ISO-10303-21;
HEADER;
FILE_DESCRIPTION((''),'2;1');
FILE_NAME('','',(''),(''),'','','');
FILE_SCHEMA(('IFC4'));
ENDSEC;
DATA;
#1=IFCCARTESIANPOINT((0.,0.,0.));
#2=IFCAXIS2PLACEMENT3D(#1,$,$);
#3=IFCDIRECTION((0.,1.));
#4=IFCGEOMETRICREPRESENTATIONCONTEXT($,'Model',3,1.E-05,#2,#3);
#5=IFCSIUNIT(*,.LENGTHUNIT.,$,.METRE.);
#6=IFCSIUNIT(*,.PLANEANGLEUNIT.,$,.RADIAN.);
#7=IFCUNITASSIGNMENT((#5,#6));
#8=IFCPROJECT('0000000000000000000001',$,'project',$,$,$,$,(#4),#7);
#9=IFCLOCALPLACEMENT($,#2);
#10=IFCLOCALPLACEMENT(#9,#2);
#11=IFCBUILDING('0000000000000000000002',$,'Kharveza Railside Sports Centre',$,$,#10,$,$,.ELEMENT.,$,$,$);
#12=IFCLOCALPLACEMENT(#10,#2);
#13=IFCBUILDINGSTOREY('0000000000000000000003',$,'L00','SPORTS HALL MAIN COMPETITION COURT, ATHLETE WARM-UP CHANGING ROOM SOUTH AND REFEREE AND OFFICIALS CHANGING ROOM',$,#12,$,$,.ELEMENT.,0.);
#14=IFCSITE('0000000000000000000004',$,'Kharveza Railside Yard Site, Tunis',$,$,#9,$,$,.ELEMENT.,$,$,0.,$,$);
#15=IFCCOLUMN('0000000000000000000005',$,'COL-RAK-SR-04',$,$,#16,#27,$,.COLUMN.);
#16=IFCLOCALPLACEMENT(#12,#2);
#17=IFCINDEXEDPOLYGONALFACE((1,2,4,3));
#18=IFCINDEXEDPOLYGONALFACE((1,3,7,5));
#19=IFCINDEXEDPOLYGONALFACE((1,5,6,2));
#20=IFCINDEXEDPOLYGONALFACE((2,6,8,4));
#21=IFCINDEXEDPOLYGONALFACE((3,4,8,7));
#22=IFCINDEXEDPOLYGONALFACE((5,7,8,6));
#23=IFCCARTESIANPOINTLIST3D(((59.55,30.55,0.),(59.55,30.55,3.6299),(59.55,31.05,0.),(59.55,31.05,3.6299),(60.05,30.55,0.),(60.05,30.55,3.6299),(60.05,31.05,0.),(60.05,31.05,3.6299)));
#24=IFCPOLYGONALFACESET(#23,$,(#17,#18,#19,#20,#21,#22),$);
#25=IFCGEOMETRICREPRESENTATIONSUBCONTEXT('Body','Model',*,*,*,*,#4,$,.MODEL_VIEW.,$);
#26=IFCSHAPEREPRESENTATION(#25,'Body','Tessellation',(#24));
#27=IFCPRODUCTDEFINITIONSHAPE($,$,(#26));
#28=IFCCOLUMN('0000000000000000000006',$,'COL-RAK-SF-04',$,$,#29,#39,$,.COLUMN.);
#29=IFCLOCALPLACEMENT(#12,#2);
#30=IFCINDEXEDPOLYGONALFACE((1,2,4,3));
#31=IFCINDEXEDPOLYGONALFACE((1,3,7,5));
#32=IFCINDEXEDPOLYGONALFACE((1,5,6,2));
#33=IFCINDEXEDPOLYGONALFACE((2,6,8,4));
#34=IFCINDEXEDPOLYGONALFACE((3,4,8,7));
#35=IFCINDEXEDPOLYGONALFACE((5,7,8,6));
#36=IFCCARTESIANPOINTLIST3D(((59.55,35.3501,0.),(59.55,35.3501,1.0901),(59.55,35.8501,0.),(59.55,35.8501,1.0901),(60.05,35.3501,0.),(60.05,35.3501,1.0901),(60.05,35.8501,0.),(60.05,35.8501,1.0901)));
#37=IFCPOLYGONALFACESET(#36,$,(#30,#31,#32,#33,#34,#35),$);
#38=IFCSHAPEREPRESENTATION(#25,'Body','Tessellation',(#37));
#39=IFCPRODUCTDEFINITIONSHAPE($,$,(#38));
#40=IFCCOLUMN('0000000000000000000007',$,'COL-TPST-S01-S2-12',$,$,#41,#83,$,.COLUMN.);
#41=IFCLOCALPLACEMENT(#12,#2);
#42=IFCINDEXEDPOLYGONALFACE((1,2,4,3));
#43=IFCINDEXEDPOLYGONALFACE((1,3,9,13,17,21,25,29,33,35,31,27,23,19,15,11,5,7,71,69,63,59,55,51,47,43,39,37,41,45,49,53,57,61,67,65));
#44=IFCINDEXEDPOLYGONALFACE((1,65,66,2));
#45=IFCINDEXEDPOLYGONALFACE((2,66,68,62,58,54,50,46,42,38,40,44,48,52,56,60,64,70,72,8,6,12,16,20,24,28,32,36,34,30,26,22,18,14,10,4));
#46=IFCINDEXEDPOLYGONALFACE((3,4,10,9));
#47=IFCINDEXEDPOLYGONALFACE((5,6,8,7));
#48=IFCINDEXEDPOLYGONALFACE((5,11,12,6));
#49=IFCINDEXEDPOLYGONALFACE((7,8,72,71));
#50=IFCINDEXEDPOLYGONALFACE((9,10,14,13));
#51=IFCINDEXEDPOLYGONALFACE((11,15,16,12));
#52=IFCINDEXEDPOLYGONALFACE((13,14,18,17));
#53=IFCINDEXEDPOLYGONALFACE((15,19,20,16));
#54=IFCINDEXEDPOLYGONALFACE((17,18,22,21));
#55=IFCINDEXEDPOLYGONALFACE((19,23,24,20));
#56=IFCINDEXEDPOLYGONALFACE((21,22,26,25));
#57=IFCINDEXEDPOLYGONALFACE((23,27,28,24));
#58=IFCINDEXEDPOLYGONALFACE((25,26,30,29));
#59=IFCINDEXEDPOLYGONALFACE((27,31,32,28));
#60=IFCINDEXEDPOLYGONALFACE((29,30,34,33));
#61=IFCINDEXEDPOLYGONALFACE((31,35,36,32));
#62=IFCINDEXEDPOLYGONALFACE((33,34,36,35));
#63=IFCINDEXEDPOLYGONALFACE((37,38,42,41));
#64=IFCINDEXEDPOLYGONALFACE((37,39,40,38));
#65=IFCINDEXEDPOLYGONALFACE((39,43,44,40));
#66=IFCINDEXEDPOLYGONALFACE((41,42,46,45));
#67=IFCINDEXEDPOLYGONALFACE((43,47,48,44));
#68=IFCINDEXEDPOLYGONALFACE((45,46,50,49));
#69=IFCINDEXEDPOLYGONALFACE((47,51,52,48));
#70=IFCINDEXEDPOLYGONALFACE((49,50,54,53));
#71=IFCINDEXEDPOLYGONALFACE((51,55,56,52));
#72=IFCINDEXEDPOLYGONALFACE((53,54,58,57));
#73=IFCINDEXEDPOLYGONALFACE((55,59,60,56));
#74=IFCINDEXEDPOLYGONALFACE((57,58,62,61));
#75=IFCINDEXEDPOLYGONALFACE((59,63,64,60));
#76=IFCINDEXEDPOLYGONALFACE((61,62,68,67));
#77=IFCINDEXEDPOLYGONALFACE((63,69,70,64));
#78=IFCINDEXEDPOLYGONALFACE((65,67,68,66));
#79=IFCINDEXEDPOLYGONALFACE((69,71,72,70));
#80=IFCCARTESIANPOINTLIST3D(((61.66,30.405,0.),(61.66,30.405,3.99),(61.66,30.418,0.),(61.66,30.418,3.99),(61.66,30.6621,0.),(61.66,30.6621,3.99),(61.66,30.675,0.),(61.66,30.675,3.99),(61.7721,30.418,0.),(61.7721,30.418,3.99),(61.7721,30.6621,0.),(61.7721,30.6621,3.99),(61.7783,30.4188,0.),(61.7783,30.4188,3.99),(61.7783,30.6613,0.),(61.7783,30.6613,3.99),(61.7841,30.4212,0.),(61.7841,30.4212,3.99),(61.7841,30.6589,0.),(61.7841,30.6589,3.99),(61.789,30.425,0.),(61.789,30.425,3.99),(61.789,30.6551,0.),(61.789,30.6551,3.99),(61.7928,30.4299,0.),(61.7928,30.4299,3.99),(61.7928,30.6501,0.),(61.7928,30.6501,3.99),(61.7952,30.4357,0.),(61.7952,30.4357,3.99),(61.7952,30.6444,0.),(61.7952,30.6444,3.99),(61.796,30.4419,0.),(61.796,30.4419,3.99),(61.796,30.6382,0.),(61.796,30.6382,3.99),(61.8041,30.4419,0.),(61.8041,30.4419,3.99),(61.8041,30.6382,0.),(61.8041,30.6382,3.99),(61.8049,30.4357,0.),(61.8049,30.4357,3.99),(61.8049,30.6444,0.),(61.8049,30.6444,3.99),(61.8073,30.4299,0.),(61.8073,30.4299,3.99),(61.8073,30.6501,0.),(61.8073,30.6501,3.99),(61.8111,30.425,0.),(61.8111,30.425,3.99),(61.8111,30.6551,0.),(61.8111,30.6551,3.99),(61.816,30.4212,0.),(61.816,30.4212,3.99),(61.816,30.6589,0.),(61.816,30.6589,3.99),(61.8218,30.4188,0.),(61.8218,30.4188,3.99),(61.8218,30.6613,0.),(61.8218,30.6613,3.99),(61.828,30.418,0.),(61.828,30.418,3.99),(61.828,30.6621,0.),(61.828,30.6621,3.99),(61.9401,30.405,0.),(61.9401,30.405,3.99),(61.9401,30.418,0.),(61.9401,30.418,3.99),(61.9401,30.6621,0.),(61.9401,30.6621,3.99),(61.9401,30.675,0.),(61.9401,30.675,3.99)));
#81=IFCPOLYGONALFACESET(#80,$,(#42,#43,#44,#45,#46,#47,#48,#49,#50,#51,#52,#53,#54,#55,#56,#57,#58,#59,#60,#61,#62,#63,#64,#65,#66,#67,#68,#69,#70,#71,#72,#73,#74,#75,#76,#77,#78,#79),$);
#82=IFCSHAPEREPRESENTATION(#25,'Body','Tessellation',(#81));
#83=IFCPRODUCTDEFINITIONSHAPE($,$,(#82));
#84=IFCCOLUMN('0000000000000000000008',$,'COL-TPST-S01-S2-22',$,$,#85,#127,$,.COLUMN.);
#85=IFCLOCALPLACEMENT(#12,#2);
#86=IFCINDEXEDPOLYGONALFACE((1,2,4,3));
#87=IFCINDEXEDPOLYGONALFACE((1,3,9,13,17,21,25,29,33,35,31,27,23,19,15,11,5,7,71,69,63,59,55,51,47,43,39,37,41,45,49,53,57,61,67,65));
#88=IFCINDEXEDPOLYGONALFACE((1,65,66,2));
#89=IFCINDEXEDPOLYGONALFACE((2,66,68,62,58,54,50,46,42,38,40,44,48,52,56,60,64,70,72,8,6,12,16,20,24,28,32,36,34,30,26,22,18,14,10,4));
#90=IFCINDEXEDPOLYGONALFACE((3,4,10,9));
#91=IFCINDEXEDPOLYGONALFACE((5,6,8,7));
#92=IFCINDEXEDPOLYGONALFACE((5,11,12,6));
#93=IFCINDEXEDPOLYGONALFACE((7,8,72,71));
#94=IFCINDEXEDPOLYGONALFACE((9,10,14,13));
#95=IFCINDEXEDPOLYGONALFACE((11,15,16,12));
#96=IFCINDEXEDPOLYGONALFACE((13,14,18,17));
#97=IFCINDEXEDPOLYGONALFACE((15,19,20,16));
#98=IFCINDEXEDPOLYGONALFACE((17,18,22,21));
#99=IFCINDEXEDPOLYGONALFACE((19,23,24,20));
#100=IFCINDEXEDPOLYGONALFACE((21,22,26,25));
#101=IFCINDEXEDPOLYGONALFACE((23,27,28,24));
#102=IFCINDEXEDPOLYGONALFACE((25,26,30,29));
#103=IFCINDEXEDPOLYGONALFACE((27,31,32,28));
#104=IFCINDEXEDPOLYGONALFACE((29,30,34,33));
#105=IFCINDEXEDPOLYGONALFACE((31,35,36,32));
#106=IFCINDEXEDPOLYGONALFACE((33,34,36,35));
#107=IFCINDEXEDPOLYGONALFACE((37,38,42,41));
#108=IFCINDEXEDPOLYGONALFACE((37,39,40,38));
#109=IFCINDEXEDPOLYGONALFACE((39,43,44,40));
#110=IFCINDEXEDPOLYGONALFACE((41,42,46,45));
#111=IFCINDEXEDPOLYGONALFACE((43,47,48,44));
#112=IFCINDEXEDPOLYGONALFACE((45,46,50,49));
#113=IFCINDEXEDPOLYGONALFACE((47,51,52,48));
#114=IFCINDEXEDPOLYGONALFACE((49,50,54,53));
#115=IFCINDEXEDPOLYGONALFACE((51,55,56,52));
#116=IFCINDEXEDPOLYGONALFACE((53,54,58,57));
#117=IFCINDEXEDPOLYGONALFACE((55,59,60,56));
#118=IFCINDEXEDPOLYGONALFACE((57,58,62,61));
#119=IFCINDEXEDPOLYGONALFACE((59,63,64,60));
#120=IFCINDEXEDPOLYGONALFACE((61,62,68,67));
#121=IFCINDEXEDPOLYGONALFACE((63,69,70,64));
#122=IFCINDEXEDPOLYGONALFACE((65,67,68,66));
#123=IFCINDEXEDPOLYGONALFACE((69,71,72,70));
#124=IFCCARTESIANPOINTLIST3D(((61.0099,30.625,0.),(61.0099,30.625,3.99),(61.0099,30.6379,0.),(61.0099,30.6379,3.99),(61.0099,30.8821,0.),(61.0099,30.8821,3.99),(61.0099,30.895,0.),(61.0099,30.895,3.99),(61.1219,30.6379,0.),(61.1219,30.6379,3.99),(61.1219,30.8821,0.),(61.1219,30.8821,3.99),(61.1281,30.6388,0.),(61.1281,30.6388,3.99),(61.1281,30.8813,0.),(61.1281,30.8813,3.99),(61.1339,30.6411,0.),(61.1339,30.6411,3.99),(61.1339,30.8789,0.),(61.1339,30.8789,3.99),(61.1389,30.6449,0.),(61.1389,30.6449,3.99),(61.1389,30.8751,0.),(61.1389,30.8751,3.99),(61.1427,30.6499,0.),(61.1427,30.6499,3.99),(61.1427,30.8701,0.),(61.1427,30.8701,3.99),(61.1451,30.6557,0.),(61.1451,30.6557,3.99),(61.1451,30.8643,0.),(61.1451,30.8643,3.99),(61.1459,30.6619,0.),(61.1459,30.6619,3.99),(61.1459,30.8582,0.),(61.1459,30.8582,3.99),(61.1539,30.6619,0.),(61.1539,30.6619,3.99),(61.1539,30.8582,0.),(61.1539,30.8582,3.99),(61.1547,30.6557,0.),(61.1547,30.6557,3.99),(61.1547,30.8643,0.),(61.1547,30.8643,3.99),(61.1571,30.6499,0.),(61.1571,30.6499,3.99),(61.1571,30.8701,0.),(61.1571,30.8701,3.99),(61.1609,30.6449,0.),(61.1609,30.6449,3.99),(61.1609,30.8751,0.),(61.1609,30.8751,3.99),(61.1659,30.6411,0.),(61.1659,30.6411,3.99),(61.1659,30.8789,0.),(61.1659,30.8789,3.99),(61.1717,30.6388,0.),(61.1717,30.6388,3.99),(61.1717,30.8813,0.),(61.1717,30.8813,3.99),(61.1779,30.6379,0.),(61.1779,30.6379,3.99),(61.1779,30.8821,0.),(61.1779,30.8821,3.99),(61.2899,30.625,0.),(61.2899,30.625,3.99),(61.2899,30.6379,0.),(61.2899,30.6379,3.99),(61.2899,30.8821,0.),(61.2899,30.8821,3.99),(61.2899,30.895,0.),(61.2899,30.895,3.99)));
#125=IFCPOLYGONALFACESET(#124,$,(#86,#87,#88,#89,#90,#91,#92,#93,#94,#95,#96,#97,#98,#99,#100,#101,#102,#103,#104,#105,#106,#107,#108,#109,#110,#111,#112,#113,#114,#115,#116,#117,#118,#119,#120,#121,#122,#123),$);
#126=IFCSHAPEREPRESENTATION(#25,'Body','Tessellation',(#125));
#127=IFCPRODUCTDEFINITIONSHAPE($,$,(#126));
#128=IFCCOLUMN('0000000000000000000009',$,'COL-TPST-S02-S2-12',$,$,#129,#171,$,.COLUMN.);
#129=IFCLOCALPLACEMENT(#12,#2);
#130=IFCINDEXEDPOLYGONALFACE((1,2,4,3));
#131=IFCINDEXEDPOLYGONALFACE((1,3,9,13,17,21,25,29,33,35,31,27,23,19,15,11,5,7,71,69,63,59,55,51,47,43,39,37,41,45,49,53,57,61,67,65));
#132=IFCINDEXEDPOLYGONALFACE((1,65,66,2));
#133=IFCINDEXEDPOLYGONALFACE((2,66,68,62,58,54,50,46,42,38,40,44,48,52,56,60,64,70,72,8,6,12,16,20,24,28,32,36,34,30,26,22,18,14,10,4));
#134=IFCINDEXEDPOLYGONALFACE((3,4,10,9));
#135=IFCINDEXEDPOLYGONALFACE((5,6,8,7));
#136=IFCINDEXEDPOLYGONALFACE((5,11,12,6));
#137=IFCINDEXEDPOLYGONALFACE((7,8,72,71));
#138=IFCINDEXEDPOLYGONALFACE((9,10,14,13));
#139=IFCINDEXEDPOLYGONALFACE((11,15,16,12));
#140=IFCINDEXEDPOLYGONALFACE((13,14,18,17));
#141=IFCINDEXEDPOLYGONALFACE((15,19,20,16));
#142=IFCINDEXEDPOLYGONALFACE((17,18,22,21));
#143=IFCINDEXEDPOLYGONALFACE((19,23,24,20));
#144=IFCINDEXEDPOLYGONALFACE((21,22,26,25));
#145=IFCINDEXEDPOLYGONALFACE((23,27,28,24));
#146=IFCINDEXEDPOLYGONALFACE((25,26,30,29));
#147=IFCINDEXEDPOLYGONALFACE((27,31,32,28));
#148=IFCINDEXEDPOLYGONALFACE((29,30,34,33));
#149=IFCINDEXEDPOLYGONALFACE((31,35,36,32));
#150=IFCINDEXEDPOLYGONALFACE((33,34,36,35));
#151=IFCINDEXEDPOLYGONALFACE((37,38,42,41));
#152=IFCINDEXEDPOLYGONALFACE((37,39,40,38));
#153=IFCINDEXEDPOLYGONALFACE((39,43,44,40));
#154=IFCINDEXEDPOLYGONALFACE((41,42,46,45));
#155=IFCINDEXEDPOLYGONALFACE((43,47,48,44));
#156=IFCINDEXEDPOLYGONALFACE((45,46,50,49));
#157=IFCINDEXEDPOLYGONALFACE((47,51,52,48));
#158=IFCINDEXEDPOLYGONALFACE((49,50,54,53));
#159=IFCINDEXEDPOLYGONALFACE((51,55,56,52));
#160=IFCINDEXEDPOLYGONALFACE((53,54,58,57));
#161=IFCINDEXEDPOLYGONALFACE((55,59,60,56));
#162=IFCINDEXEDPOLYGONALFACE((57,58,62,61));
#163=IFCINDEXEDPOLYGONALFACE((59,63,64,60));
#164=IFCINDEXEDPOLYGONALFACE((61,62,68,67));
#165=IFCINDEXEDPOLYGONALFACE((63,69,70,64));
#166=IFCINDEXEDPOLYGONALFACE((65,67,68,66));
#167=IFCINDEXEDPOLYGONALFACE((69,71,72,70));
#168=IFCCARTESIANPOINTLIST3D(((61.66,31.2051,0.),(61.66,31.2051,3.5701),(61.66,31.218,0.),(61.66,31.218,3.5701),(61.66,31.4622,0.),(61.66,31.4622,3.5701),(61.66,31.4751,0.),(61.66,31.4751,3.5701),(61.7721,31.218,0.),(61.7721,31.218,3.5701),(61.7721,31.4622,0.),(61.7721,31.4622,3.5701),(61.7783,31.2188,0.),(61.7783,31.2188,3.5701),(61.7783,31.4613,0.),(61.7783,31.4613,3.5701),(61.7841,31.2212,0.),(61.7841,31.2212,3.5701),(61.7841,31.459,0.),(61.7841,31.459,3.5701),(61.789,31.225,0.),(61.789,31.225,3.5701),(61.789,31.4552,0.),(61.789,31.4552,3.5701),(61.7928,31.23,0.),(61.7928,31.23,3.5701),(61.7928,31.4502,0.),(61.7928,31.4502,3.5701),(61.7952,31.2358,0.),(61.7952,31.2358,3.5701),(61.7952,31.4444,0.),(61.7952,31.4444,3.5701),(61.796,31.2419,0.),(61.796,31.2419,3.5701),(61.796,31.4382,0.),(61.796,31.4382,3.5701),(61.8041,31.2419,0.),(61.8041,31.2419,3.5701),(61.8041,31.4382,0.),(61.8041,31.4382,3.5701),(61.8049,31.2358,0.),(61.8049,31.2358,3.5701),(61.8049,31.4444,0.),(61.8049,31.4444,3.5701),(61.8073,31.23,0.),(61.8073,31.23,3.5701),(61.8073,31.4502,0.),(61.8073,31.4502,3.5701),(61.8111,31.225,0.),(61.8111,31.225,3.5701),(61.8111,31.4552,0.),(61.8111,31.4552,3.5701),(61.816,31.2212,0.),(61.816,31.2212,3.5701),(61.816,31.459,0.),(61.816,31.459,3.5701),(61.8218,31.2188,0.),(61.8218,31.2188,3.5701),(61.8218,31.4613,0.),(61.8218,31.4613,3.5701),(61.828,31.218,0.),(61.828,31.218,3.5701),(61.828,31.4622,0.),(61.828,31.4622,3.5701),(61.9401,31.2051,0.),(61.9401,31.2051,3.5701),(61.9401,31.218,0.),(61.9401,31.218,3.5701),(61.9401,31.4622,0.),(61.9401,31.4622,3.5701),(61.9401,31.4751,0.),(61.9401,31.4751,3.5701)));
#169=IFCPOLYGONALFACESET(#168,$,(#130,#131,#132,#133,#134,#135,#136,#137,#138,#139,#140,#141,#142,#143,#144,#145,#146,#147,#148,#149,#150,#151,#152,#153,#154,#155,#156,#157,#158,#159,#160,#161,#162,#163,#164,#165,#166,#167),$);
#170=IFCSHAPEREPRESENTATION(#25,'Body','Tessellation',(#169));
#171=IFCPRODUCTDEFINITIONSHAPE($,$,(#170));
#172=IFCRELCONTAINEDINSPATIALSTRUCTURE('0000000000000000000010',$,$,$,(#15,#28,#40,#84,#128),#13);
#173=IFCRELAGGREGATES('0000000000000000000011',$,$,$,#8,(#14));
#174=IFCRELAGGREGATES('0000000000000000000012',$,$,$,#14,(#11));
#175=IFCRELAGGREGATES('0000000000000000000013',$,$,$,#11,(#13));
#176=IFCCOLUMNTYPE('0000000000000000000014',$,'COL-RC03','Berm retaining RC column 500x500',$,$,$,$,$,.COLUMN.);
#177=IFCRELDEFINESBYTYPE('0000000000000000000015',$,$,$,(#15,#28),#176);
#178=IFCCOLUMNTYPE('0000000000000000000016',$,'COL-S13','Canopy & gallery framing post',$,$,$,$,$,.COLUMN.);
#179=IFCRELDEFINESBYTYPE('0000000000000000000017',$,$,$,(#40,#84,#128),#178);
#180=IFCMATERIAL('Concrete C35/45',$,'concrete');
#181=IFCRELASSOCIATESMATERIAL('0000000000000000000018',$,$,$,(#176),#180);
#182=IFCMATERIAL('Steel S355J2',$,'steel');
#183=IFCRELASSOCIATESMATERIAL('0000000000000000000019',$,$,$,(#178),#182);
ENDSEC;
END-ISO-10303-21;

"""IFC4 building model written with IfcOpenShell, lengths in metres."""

from ifc_helpers import new_model, si_unit, direction, frame, origin, origin_2d, place, context, subcontext, project, spatial, rectangle, i_section, extrude, material, material_profile, profile_set, type_object, element, save


model = new_model("IFC4")

# Units and contexts
model_context = context("Model", 3, precision=1e-05, world=origin(), true_north=direction((0.0, 1.0)))
body_context = subcontext(model_context, "Body", "Model", "MODEL_VIEW")
ifc_project = project(units=[si_unit("LENGTHUNIT", "METRE"), si_unit("PLANEANGLEUNIT", "RADIAN")], contexts=[model_context])

# Site, building, storey
site_placement = place(None, origin())
site = spatial("IfcSite", under=ifc_project, at=site_placement, Name="Kharveza Railside Yard Site, Tunis", CompositionType="ELEMENT", RefElevation=0.0)
building_placement = place(site_placement, origin())
building = spatial("IfcBuilding", under=site, at=building_placement, Name="Kharveza Railside Sports Centre", CompositionType="ELEMENT")
storey_placement = place(building_placement, origin())
storey = spatial("IfcBuildingStorey", under=building, at=storey_placement, Name="L00", Description="SPORTS HALL MAIN COMPETITION COURT, ATHLETE WARM-UP CHANGING ROOM SOUTH AND REFEREE AND OFFICIALS CHANGING ROOM", CompositionType="ELEMENT", Elevation=0.0)

# Shared definitions
ifc_material_1 = material(Name="Concrete C35/45", Category="concrete")

# Columns
ifc_material_profile_1 = material_profile(ifc_material_1, rectangle(XDim=0.5, YDim=0.5, at=origin_2d()), Name="RC 500x500")
ifc_profile_set_1 = profile_set([ifc_material_profile_1], Name="Concrete C35/45")
column_type_1 = type_object("IfcColumnType", Name="COL-RC03", Description="Berm retaining RC column 500x500", PredefinedType="COLUMN", material=ifc_profile_set_1)
column_1_placement = place(storey_placement, frame((59.8, 30.8, 0.0), z_axis=(0.0, 0.0, 1.0), x_axis=(1.0, 0.0, 0.0)))
element("IfcColumn", 1, at=column_1_placement, inside=storey, type_object=column_type_1, Name="COL-RAK-SR-04", PredefinedType="COLUMN", context=body_context, shape_type="SweptSolid", body=[
    extrude(rectangle(XDim=0.5, YDim=0.5, at=origin_2d()), origin(), (0.0, 0.0, 1.0), 3.6299),
])
column_2_placement = place(storey_placement, frame((59.8, 35.6001, 0.0), z_axis=(0.0, 0.0, 1.0), x_axis=(1.0, 0.0, 0.0)))
element("IfcColumn", 2, at=column_2_placement, inside=storey, type_object=column_type_1, Name="COL-RAK-SF-04", PredefinedType="COLUMN", context=body_context, shape_type="SweptSolid", body=[
    extrude(rectangle(XDim=0.5, YDim=0.5, at=origin_2d()), origin(), (0.0, 0.0, 1.0), 1.0901),
])
ifc_material_2 = material(Name="Steel S355J2", Category="steel")
ifc_material_profile_2 = material_profile(ifc_material_2, i_section(OverallWidth=0.28, OverallDepth=0.27, WebThickness=0.0081, FlangeThickness=0.0129, FilletRadius=0.0239, at=origin_2d()), Name="HEA 280")
ifc_profile_set_2 = profile_set([ifc_material_profile_2], Name="Steel S355J2")
column_type_2 = type_object("IfcColumnType", Name="COL-S13", Description="Canopy & gallery framing post", PredefinedType="COLUMN", material=ifc_profile_set_2)
for number, where, z_axis, x_axis, name in (
    (3, (61.8, 30.54, 0.0), (0.0, 0.0, 1.0), (1.0, 0.0, 0.0), "COL-TPST-S01-S2-12"),
    (4, (61.1499, 30.76, 0.0), (0.0, 0.0, 1.0), (1.0, 0.0, 0.0), "COL-TPST-S01-S2-22"),
):
    element("IfcColumn", number, at=place(storey_placement, frame(where, z_axis=z_axis, x_axis=x_axis)), inside=storey, type_object=column_type_2, Name=name, PredefinedType="COLUMN", context=body_context, shape_type="SweptSolid", body=[
        extrude(i_section(OverallWidth=0.28, OverallDepth=0.27, WebThickness=0.0081, FlangeThickness=0.0129, FilletRadius=0.0239, at=origin_2d()), origin(), (0.0, 0.0, 1.0), 3.99),
    ])
for number, where, z_axis, x_axis, name in (
    (5, (61.8, 31.3401, 0.0), (0.0, 0.0, 1.0), (1.0, 0.0, 0.0), "COL-TPST-S02-S2-12"),
):
    element("IfcColumn", number, at=place(storey_placement, frame(where, z_axis=z_axis, x_axis=x_axis)), inside=storey, type_object=column_type_2, Name=name, PredefinedType="COLUMN", context=body_context, shape_type="SweptSolid", body=[
        extrude(i_section(OverallWidth=0.28, OverallDepth=0.27, WebThickness=0.0081, FlangeThickness=0.0129, FilletRadius=0.0239, at=origin_2d()), origin(), (0.0, 0.0, 1.0), 3.5701),
    ])

save(model, "model.ifc")
